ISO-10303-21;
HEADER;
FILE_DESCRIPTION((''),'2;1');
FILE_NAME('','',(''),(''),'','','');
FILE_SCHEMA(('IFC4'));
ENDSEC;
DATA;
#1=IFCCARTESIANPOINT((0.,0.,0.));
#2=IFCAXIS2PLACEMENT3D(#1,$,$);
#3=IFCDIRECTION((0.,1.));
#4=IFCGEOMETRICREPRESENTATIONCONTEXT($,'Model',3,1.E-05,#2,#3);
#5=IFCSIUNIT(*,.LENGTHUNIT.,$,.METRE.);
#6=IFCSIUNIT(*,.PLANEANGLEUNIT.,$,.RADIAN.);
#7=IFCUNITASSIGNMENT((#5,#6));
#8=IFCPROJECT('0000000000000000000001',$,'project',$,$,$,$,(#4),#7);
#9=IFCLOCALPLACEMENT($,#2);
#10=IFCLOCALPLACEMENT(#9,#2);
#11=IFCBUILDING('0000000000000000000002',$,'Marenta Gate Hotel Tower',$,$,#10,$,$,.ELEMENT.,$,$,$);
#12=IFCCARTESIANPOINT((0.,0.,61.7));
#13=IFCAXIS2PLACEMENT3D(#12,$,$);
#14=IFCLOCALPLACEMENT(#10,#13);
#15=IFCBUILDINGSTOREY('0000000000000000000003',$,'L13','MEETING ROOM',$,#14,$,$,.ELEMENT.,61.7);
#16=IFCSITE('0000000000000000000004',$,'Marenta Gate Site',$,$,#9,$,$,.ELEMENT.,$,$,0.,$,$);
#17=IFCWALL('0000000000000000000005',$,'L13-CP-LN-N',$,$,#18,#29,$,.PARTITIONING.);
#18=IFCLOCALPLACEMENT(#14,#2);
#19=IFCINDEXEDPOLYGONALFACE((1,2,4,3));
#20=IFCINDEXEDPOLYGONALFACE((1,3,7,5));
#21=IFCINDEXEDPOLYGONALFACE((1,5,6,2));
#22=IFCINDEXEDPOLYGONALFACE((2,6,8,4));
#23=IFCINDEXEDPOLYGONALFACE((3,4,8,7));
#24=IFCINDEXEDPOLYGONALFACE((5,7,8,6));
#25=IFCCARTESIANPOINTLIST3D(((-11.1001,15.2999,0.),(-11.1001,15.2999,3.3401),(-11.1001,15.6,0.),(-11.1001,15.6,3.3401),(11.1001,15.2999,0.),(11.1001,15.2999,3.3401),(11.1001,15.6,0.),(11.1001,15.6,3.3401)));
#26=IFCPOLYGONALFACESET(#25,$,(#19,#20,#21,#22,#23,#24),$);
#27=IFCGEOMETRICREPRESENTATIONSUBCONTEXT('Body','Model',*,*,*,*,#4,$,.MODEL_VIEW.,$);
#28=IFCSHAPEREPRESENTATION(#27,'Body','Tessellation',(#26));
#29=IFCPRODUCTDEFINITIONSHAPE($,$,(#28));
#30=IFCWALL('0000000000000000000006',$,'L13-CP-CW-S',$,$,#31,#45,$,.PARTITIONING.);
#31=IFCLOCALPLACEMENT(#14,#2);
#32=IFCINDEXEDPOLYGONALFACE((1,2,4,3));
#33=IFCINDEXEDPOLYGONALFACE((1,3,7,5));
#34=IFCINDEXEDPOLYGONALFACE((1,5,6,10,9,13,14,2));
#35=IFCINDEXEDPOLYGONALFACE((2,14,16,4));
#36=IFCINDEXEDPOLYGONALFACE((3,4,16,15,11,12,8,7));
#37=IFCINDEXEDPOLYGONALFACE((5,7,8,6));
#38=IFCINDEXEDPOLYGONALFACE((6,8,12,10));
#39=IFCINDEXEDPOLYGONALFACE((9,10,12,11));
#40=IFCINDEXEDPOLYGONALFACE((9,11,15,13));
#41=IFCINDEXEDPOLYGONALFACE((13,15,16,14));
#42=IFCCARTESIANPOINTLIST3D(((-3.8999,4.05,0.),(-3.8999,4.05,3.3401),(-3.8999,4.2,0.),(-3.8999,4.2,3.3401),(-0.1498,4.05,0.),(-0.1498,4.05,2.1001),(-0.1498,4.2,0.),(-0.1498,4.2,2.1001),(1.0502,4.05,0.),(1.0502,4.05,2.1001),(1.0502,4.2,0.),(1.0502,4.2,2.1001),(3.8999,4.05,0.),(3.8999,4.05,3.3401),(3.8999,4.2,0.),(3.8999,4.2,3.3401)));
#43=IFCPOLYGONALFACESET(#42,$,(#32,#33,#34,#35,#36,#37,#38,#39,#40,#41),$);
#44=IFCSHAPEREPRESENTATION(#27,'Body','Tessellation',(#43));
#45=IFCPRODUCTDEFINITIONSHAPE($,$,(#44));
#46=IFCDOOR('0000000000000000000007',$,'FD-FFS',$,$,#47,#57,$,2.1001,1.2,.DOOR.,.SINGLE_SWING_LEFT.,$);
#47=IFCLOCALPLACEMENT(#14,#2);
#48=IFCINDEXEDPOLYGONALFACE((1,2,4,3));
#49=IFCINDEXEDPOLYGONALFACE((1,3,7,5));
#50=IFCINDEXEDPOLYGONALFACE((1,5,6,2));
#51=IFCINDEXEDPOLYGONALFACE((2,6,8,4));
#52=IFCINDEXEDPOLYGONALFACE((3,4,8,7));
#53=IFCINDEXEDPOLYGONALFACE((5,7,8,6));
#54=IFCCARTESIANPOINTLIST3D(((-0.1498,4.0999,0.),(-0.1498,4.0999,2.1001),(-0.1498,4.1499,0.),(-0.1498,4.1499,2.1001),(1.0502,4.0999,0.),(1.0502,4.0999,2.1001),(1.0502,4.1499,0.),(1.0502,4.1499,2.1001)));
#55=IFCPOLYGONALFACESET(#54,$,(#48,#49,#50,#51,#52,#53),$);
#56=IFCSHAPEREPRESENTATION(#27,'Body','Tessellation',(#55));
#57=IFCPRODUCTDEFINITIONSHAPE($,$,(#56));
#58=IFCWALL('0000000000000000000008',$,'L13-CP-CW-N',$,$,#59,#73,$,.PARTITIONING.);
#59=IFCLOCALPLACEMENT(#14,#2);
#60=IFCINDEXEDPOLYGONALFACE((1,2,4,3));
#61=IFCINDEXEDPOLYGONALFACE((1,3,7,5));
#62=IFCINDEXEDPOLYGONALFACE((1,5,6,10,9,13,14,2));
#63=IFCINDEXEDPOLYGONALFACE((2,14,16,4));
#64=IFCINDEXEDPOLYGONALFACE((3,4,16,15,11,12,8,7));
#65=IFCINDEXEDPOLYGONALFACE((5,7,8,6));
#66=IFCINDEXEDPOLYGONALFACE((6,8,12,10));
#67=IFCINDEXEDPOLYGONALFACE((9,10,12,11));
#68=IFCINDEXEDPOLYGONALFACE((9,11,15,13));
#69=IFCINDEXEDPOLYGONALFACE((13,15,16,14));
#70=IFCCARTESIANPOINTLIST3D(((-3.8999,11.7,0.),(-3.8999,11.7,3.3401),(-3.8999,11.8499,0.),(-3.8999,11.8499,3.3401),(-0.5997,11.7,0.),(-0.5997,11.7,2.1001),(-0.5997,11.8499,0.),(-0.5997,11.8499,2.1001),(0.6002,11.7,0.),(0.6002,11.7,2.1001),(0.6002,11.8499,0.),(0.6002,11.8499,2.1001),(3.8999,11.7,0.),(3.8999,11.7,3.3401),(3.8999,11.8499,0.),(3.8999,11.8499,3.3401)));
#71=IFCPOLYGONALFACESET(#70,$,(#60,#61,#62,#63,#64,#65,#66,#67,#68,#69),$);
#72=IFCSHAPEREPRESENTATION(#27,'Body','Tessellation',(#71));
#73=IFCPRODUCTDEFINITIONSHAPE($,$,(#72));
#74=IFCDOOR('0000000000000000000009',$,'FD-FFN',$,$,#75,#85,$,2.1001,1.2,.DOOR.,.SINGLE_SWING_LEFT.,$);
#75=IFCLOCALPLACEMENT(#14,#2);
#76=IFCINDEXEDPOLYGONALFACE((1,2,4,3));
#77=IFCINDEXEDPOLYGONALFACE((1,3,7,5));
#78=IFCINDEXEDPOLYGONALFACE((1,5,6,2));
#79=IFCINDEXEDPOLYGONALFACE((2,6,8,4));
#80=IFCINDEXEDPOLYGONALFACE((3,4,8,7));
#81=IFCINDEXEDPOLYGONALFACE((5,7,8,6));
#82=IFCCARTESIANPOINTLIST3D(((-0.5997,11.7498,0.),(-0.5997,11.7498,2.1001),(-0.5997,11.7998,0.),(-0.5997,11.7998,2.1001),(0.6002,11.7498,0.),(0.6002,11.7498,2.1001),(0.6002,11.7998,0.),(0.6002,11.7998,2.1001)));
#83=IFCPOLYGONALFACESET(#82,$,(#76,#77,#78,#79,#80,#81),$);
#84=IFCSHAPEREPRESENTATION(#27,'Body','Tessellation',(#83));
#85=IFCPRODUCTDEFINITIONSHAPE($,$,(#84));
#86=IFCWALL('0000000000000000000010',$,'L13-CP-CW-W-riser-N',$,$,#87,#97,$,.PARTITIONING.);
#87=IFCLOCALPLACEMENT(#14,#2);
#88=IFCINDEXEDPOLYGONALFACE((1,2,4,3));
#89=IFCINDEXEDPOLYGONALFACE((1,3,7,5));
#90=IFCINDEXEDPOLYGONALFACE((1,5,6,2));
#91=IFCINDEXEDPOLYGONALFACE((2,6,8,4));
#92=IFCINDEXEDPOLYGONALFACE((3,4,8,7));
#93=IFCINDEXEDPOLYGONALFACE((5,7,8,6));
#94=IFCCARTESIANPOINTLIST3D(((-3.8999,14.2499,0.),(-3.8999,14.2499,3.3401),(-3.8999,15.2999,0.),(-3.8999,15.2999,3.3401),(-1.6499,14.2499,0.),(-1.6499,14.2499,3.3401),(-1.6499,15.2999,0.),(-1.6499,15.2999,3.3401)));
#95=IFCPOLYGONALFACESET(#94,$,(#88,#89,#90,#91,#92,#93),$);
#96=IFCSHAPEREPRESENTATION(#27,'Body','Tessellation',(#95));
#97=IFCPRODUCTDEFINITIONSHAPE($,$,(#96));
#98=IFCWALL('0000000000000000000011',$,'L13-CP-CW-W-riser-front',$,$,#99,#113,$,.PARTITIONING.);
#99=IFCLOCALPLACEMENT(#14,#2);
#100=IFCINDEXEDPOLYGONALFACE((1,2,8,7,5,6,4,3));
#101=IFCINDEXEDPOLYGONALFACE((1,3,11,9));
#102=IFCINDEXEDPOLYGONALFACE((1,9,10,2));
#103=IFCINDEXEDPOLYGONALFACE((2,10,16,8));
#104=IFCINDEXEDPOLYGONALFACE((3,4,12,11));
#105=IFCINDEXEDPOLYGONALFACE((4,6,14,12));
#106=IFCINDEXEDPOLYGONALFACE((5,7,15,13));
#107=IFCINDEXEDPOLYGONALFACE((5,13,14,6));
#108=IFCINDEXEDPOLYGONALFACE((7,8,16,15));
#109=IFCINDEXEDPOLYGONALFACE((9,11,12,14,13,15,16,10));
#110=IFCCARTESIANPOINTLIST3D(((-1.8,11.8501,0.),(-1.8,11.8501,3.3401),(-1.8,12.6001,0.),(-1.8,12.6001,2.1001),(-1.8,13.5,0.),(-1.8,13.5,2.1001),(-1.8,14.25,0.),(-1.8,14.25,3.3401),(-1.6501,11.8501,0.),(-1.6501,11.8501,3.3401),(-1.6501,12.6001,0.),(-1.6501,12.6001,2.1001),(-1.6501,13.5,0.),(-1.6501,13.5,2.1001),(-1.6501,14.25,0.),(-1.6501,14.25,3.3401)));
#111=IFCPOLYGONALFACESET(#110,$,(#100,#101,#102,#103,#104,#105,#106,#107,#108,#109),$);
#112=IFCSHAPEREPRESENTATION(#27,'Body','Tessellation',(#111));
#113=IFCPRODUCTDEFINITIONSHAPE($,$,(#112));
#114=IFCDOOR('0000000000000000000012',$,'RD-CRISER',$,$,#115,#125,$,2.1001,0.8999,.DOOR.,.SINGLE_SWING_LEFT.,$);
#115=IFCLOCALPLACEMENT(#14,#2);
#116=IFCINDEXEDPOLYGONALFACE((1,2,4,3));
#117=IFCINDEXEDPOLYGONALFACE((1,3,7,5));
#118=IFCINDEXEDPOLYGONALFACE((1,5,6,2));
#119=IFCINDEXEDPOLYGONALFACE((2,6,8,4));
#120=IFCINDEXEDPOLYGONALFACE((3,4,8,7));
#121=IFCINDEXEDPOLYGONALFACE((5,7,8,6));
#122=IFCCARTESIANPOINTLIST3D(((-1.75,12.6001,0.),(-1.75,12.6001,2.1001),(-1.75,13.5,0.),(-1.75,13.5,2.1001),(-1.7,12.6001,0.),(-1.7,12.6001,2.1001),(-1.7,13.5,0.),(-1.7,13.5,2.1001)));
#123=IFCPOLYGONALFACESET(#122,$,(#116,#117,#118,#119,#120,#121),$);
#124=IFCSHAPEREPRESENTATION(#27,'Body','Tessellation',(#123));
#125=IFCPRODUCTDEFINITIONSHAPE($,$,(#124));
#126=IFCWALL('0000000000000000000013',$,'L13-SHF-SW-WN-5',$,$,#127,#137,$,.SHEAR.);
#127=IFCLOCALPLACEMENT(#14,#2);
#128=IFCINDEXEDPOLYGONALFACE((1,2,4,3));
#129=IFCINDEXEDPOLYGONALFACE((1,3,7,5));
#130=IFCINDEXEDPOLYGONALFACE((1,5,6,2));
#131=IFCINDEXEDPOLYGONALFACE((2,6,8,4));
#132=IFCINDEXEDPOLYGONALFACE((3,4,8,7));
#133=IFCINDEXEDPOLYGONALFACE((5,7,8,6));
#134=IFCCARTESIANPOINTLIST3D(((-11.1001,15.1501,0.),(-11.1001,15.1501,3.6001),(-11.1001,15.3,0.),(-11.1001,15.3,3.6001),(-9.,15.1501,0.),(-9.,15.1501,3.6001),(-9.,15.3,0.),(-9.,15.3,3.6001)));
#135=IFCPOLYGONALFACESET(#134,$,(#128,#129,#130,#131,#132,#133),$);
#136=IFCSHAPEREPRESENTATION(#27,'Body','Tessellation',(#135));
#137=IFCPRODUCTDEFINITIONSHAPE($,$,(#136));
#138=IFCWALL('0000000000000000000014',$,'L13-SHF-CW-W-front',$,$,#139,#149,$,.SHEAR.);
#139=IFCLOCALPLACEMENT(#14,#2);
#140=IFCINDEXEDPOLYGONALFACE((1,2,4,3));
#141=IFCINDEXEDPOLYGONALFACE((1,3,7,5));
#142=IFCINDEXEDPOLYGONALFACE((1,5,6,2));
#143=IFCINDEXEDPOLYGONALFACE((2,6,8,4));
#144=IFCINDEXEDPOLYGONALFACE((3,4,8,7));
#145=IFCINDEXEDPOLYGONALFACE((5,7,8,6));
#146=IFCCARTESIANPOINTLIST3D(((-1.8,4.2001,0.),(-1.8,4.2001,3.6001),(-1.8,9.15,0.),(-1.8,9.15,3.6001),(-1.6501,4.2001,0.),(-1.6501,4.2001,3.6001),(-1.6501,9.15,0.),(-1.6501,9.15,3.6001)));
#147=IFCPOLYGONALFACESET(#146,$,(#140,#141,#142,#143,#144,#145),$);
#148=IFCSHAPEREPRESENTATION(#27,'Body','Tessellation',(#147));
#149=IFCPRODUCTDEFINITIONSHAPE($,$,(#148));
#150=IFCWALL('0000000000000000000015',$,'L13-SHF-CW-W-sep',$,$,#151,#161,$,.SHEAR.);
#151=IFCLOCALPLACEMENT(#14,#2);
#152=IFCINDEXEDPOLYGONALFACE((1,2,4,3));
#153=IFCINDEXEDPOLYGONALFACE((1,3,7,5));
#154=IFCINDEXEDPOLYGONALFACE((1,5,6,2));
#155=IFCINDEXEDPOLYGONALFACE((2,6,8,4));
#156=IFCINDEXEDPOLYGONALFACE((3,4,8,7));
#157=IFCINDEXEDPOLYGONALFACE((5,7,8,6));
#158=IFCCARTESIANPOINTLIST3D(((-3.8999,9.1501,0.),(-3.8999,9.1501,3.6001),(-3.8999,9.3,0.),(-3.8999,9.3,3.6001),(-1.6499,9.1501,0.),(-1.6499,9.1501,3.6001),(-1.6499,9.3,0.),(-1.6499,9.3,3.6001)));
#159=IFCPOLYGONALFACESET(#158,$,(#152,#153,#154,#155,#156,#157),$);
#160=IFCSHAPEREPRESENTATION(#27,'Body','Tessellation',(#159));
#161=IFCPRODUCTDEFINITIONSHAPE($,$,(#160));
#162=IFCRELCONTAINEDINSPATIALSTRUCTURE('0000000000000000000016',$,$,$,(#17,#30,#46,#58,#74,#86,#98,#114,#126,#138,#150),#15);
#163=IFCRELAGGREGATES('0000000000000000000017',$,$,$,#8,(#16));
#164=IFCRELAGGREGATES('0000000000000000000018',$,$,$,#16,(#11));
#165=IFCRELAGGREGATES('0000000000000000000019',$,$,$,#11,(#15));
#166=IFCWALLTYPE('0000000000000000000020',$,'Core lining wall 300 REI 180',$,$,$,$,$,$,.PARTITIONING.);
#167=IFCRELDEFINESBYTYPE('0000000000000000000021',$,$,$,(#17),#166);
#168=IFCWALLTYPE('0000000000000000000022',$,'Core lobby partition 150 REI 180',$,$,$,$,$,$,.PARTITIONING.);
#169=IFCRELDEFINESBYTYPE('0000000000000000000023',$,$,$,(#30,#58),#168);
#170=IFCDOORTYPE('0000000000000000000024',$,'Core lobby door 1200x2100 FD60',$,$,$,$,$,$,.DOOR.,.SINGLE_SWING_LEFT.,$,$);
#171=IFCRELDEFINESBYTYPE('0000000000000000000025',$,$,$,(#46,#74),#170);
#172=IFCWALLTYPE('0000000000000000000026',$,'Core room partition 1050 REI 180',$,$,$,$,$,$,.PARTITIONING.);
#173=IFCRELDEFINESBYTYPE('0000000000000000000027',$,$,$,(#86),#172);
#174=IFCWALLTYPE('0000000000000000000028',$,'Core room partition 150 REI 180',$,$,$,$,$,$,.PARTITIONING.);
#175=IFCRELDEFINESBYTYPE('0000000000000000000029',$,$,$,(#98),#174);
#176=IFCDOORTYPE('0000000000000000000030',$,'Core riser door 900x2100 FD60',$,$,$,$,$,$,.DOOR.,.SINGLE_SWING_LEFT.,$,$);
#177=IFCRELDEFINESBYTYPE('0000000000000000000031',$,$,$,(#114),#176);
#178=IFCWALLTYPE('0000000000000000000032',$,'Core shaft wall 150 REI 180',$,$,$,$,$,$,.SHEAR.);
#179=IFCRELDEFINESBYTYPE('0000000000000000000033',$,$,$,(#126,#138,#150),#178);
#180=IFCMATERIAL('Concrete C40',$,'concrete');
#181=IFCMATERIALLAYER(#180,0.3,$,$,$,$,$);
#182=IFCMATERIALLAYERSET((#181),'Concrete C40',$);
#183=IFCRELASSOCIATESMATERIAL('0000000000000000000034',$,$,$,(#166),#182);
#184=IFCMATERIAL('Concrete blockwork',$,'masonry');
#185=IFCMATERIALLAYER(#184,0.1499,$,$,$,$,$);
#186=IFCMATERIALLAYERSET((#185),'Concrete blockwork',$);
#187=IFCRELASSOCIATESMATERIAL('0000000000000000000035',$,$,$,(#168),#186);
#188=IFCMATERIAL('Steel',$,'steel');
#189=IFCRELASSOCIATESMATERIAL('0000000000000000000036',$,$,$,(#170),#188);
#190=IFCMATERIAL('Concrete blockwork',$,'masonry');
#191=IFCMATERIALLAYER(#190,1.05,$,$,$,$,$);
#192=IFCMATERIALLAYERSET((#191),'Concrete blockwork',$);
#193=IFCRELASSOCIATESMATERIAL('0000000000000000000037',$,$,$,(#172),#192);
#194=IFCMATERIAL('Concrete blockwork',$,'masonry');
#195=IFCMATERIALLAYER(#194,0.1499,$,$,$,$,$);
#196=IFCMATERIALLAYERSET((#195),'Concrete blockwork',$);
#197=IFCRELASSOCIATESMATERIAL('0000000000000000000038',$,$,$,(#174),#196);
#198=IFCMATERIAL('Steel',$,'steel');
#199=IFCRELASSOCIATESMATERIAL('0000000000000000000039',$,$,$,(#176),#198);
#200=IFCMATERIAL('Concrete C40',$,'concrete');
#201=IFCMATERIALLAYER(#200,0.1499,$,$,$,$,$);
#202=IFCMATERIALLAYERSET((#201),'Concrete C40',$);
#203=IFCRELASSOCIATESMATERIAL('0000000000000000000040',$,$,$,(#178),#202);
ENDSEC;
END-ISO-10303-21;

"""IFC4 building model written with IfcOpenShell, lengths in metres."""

from ifc_helpers import new_model, si_unit, direction, frame, frame_2d, origin, place, context, subcontext, project, spatial, rectangle, extrude, material, layer, layer_set, type_object, element, fill, save


model = new_model("IFC4")

# Units and contexts
model_context = context("Model", 3, precision=1e-05, world=origin(), true_north=direction((0.0, 1.0)))
body_context = subcontext(model_context, "Body", "Model", "MODEL_VIEW")
ifc_project = project(units=[si_unit("LENGTHUNIT", "METRE"), si_unit("PLANEANGLEUNIT", "RADIAN")], contexts=[model_context])

# Site, building, storey
site_placement = place(None, origin())
site = spatial("IfcSite", under=ifc_project, at=site_placement, Name="Marenta Gate Site", CompositionType="ELEMENT", RefElevation=0.0)
building_placement = place(site_placement, origin())
building = spatial("IfcBuilding", under=site, at=building_placement, Name="Marenta Gate Hotel Tower", CompositionType="ELEMENT")
storey_placement = place(building_placement, frame((0.0, 0.0, 61.7)))
storey = spatial("IfcBuildingStorey", under=building, at=storey_placement, Name="L13", Description="MEETING ROOM", CompositionType="ELEMENT", Elevation=61.7)

# Wall
ifc_material_1 = material(Name="Concrete C40", Category="concrete")
ifc_layer_1 = layer(ifc_material_1, 0.3)
ifc_layer_set_1 = layer_set([ifc_layer_1], Name="Concrete C40")
wall_type_1 = type_object("IfcWallType", Name="Core lining wall 300 REI 180", PredefinedType="PARTITIONING", material=ifc_layer_set_1)
wall_1_placement = place(storey_placement, frame((-11.1001, 15.45, 0.0), z_axis=(0.0, 0.0, 1.0), x_axis=(1.0, 0.0, 0.0)))
element("IfcWall", 1, at=wall_1_placement, inside=storey, type_object=wall_type_1, Name="L13-CP-LN-N", PredefinedType="PARTITIONING", context=body_context, shape_type="SweptSolid", body=[
    extrude(rectangle(XDim=22.2002, YDim=0.3, at=frame_2d((11.1001, 0.0))), origin(), (0.0, 0.0, 1.0), 3.3401),
])

# Walls, openings, doors
ifc_material_2 = material(Name="Concrete blockwork", Category="masonry")
ifc_layer_2 = layer(ifc_material_2, 0.1499)
ifc_layer_set_2 = layer_set([ifc_layer_2], Name="Concrete blockwork")
wall_type_2 = type_object("IfcWallType", Name="Core lobby partition 150 REI 180", PredefinedType="PARTITIONING", material=ifc_layer_set_2)
wall_2_placement = place(storey_placement, frame((-3.8999, 4.125, 0.0), z_axis=(0.0, 0.0, 1.0), x_axis=(1.0, 0.0, 0.0)))
wall_2 = element("IfcWall", 2, at=wall_2_placement, inside=storey, type_object=wall_type_2, Name="L13-CP-CW-S", PredefinedType="PARTITIONING", context=body_context, shape_type="SweptSolid", body=[
    extrude(rectangle(XDim=7.7998, YDim=0.1499, at=frame_2d((3.8999, 0.0))), origin(), (0.0, 0.0, 1.0), 3.3401),
])
opening_1_placement = place(wall_2_placement, frame((3.75, 0.0, 0.0)))
opening_1 = element("IfcOpeningElement", 3, at=opening_1_placement, cuts=wall_2, PredefinedType="OPENING", context=body_context, shape_type="SweptSolid", body=[
    extrude(rectangle(XDim=1.2, YDim=2.1001, at=frame_2d((0.6001, 1.05))), frame((0.0, 0.075, 0.0), z_axis=(0.0, -1.0, 0.0), x_axis=(1.0, 0.0, 0.0)), (0.0, 0.0, 1.0), 0.1499),
])
ifc_material_3 = material(Name="Steel", Category="steel")
door_type_1 = type_object("IfcDoorType", Name="Core lobby door 1200x2100 FD60", OperationType="SINGLE_SWING_LEFT", PredefinedType="DOOR", material=ifc_material_3)
door_1_placement = place(opening_1_placement, origin())
door_1 = element("IfcDoor", 4, at=door_1_placement, inside=storey, type_object=door_type_1, Name="FD-FFS", OperationType="SINGLE_SWING_LEFT", OverallHeight=2.1001, OverallWidth=1.2, PredefinedType="DOOR", context=body_context, shape_type="SweptSolid", body=[
    extrude(rectangle(XDim=1.2, YDim=2.1001, at=frame_2d((0.6001, 1.05))), frame((0.0, 0.0249, 0.0), z_axis=(0.0, -1.0, 0.0), x_axis=(1.0, 0.0, 0.0)), (0.0, 0.0, 1.0), 0.05),
])
fill(opening_1, door_1)
wall_3_placement = place(storey_placement, frame((-3.8999, 11.7749, 0.0), z_axis=(0.0, 0.0, 1.0), x_axis=(1.0, 0.0, 0.0)))
wall_3 = element("IfcWall", 5, at=wall_3_placement, inside=storey, type_object=wall_type_2, Name="L13-CP-CW-N", PredefinedType="PARTITIONING", context=body_context, shape_type="SweptSolid", body=[
    extrude(rectangle(XDim=7.7998, YDim=0.1499, at=frame_2d((3.8999, 0.0))), origin(), (0.0, 0.0, 1.0), 3.3401),
])
opening_2_placement = place(wall_3_placement, frame((3.3, 0.0, 0.0)))
opening_2 = element("IfcOpeningElement", 6, at=opening_2_placement, cuts=wall_3, PredefinedType="OPENING", context=body_context, shape_type="SweptSolid", body=[
    extrude(rectangle(XDim=1.2, YDim=2.1001, at=frame_2d((0.6001, 1.05))), frame((0.0, 0.075, 0.0), z_axis=(0.0, -1.0, 0.0), x_axis=(1.0, 0.0, 0.0)), (0.0, 0.0, 1.0), 0.1499),
])
door_2_placement = place(opening_2_placement, origin())
door_2 = element("IfcDoor", 7, at=door_2_placement, inside=storey, type_object=door_type_1, Name="FD-FFN", OperationType="SINGLE_SWING_LEFT", OverallHeight=2.1001, OverallWidth=1.2, PredefinedType="DOOR", context=body_context, shape_type="SweptSolid", body=[
    extrude(rectangle(XDim=1.2, YDim=2.1001, at=frame_2d((0.6001, 1.05))), frame((0.0, 0.0249, 0.0), z_axis=(0.0, -1.0, 0.0), x_axis=(1.0, 0.0, 0.0)), (0.0, 0.0, 1.0), 0.05),
])
fill(opening_2, door_2)

# Wall
ifc_material_4 = material(Name="Concrete blockwork", Category="masonry")
ifc_layer_3 = layer(ifc_material_4, 1.05)
ifc_layer_set_3 = layer_set([ifc_layer_3], Name="Concrete blockwork")
wall_type_3 = type_object("IfcWallType", Name="Core room partition 1050 REI 180", PredefinedType="PARTITIONING", material=ifc_layer_set_3)
wall_4_placement = place(storey_placement, frame((-3.8999, 14.7749, 0.0), z_axis=(0.0, 0.0, 1.0), x_axis=(1.0, 0.0, 0.0)))
element("IfcWall", 8, at=wall_4_placement, inside=storey, type_object=wall_type_3, Name="L13-CP-CW-W-riser-N", PredefinedType="PARTITIONING", context=body_context, shape_type="SweptSolid", body=[
    extrude(rectangle(XDim=2.25, YDim=1.05, at=frame_2d((1.125, 0.0))), origin(), (0.0, 0.0, 1.0), 3.3401),
])

# Wall, opening, door
ifc_material_5 = material(Name="Concrete blockwork", Category="masonry")
ifc_layer_4 = layer(ifc_material_5, 0.1499)
ifc_layer_set_4 = layer_set([ifc_layer_4], Name="Concrete blockwork")
wall_type_4 = type_object("IfcWallType", Name="Core room partition 150 REI 180", PredefinedType="PARTITIONING", material=ifc_layer_set_4)
wall_5_placement = place(storey_placement, frame((-1.7251, 11.8501, 0.0), z_axis=(0.0, 0.0, 1.0), x_axis=(0.0, 1.0, 0.0)))
wall_5 = element("IfcWall", 9, at=wall_5_placement, inside=storey, type_object=wall_type_4, Name="L13-CP-CW-W-riser-front", PredefinedType="PARTITIONING", context=body_context, shape_type="SweptSolid", body=[
    extrude(rectangle(XDim=2.3999, YDim=0.1499, at=frame_2d((1.2, 0.0))), origin(), (0.0, 0.0, 1.0), 3.3401),
])
opening_3_placement = place(wall_5_placement, frame((0.75, 0.0, 0.0)))
opening_3 = element("IfcOpeningElement", 10, at=opening_3_placement, cuts=wall_5, PredefinedType="OPENING", context=body_context, shape_type="SweptSolid", body=[
    extrude(rectangle(XDim=0.8999, YDim=2.1001, at=frame_2d((0.45, 1.05))), frame((0.0, 0.075, 0.0), z_axis=(0.0, -1.0, 0.0), x_axis=(1.0, 0.0, 0.0)), (0.0, 0.0, 1.0), 0.1499),
])
ifc_material_6 = material(Name="Steel", Category="steel")
door_type_2 = type_object("IfcDoorType", Name="Core riser door 900x2100 FD60", OperationType="SINGLE_SWING_LEFT", PredefinedType="DOOR", material=ifc_material_6)
door_3_placement = place(opening_3_placement, origin())
door_3 = element("IfcDoor", 11, at=door_3_placement, inside=storey, type_object=door_type_2, Name="RD-CRISER", OperationType="SINGLE_SWING_LEFT", OverallHeight=2.1001, OverallWidth=0.8999, PredefinedType="DOOR", context=body_context, shape_type="SweptSolid", body=[
    extrude(rectangle(XDim=0.8999, YDim=2.1001, at=frame_2d((0.45, 1.05))), frame((0.0, 0.0249, 0.0), z_axis=(0.0, -1.0, 0.0), x_axis=(1.0, 0.0, 0.0)), (0.0, 0.0, 1.0), 0.05),
])
fill(opening_3, door_3)

# Walls
ifc_material_7 = material(Name="Concrete C40", Category="concrete")
ifc_layer_5 = layer(ifc_material_7, 0.1499)
ifc_layer_set_5 = layer_set([ifc_layer_5], Name="Concrete C40")
wall_type_5 = type_object("IfcWallType", Name="Core shaft wall 150 REI 180", PredefinedType="SHEAR", material=ifc_layer_set_5)
wall_6_placement = place(storey_placement, frame((-11.1001, 15.2251, 0.0), z_axis=(0.0, 0.0, 1.0), x_axis=(1.0, 0.0, 0.0)))
element("IfcWall", 12, at=wall_6_placement, inside=storey, type_object=wall_type_5, Name="L13-SHF-SW-WN-5", PredefinedType="SHEAR", context=body_context, shape_type="SweptSolid", body=[
    extrude(rectangle(XDim=2.1001, YDim=0.1499, at=frame_2d((1.05, 0.0))), origin(), (0.0, 0.0, 1.0), 3.6001),
])
wall_7_placement = place(storey_placement, frame((-1.7251, 4.2, 0.0), z_axis=(0.0, 0.0, 1.0), x_axis=(0.0, 1.0, 0.0)))
element("IfcWall", 13, at=wall_7_placement, inside=storey, type_object=wall_type_5, Name="L13-SHF-CW-W-front", PredefinedType="SHEAR", context=body_context, shape_type="SweptSolid", body=[
    extrude(rectangle(XDim=4.95, YDim=0.1499, at=frame_2d((2.4751, 0.0))), origin(), (0.0, 0.0, 1.0), 3.6001),
])
wall_8_placement = place(storey_placement, frame((-3.8999, 9.2251, 0.0), z_axis=(0.0, 0.0, 1.0), x_axis=(1.0, 0.0, 0.0)))
element("IfcWall", 14, at=wall_8_placement, inside=storey, type_object=wall_type_5, Name="L13-SHF-CW-W-sep", PredefinedType="SHEAR", context=body_context, shape_type="SweptSolid", body=[
    extrude(rectangle(XDim=2.25, YDim=0.1499, at=frame_2d((1.125, 0.0))), origin(), (0.0, 0.0, 1.0), 3.6001),
])

save(model, "model.ifc")
